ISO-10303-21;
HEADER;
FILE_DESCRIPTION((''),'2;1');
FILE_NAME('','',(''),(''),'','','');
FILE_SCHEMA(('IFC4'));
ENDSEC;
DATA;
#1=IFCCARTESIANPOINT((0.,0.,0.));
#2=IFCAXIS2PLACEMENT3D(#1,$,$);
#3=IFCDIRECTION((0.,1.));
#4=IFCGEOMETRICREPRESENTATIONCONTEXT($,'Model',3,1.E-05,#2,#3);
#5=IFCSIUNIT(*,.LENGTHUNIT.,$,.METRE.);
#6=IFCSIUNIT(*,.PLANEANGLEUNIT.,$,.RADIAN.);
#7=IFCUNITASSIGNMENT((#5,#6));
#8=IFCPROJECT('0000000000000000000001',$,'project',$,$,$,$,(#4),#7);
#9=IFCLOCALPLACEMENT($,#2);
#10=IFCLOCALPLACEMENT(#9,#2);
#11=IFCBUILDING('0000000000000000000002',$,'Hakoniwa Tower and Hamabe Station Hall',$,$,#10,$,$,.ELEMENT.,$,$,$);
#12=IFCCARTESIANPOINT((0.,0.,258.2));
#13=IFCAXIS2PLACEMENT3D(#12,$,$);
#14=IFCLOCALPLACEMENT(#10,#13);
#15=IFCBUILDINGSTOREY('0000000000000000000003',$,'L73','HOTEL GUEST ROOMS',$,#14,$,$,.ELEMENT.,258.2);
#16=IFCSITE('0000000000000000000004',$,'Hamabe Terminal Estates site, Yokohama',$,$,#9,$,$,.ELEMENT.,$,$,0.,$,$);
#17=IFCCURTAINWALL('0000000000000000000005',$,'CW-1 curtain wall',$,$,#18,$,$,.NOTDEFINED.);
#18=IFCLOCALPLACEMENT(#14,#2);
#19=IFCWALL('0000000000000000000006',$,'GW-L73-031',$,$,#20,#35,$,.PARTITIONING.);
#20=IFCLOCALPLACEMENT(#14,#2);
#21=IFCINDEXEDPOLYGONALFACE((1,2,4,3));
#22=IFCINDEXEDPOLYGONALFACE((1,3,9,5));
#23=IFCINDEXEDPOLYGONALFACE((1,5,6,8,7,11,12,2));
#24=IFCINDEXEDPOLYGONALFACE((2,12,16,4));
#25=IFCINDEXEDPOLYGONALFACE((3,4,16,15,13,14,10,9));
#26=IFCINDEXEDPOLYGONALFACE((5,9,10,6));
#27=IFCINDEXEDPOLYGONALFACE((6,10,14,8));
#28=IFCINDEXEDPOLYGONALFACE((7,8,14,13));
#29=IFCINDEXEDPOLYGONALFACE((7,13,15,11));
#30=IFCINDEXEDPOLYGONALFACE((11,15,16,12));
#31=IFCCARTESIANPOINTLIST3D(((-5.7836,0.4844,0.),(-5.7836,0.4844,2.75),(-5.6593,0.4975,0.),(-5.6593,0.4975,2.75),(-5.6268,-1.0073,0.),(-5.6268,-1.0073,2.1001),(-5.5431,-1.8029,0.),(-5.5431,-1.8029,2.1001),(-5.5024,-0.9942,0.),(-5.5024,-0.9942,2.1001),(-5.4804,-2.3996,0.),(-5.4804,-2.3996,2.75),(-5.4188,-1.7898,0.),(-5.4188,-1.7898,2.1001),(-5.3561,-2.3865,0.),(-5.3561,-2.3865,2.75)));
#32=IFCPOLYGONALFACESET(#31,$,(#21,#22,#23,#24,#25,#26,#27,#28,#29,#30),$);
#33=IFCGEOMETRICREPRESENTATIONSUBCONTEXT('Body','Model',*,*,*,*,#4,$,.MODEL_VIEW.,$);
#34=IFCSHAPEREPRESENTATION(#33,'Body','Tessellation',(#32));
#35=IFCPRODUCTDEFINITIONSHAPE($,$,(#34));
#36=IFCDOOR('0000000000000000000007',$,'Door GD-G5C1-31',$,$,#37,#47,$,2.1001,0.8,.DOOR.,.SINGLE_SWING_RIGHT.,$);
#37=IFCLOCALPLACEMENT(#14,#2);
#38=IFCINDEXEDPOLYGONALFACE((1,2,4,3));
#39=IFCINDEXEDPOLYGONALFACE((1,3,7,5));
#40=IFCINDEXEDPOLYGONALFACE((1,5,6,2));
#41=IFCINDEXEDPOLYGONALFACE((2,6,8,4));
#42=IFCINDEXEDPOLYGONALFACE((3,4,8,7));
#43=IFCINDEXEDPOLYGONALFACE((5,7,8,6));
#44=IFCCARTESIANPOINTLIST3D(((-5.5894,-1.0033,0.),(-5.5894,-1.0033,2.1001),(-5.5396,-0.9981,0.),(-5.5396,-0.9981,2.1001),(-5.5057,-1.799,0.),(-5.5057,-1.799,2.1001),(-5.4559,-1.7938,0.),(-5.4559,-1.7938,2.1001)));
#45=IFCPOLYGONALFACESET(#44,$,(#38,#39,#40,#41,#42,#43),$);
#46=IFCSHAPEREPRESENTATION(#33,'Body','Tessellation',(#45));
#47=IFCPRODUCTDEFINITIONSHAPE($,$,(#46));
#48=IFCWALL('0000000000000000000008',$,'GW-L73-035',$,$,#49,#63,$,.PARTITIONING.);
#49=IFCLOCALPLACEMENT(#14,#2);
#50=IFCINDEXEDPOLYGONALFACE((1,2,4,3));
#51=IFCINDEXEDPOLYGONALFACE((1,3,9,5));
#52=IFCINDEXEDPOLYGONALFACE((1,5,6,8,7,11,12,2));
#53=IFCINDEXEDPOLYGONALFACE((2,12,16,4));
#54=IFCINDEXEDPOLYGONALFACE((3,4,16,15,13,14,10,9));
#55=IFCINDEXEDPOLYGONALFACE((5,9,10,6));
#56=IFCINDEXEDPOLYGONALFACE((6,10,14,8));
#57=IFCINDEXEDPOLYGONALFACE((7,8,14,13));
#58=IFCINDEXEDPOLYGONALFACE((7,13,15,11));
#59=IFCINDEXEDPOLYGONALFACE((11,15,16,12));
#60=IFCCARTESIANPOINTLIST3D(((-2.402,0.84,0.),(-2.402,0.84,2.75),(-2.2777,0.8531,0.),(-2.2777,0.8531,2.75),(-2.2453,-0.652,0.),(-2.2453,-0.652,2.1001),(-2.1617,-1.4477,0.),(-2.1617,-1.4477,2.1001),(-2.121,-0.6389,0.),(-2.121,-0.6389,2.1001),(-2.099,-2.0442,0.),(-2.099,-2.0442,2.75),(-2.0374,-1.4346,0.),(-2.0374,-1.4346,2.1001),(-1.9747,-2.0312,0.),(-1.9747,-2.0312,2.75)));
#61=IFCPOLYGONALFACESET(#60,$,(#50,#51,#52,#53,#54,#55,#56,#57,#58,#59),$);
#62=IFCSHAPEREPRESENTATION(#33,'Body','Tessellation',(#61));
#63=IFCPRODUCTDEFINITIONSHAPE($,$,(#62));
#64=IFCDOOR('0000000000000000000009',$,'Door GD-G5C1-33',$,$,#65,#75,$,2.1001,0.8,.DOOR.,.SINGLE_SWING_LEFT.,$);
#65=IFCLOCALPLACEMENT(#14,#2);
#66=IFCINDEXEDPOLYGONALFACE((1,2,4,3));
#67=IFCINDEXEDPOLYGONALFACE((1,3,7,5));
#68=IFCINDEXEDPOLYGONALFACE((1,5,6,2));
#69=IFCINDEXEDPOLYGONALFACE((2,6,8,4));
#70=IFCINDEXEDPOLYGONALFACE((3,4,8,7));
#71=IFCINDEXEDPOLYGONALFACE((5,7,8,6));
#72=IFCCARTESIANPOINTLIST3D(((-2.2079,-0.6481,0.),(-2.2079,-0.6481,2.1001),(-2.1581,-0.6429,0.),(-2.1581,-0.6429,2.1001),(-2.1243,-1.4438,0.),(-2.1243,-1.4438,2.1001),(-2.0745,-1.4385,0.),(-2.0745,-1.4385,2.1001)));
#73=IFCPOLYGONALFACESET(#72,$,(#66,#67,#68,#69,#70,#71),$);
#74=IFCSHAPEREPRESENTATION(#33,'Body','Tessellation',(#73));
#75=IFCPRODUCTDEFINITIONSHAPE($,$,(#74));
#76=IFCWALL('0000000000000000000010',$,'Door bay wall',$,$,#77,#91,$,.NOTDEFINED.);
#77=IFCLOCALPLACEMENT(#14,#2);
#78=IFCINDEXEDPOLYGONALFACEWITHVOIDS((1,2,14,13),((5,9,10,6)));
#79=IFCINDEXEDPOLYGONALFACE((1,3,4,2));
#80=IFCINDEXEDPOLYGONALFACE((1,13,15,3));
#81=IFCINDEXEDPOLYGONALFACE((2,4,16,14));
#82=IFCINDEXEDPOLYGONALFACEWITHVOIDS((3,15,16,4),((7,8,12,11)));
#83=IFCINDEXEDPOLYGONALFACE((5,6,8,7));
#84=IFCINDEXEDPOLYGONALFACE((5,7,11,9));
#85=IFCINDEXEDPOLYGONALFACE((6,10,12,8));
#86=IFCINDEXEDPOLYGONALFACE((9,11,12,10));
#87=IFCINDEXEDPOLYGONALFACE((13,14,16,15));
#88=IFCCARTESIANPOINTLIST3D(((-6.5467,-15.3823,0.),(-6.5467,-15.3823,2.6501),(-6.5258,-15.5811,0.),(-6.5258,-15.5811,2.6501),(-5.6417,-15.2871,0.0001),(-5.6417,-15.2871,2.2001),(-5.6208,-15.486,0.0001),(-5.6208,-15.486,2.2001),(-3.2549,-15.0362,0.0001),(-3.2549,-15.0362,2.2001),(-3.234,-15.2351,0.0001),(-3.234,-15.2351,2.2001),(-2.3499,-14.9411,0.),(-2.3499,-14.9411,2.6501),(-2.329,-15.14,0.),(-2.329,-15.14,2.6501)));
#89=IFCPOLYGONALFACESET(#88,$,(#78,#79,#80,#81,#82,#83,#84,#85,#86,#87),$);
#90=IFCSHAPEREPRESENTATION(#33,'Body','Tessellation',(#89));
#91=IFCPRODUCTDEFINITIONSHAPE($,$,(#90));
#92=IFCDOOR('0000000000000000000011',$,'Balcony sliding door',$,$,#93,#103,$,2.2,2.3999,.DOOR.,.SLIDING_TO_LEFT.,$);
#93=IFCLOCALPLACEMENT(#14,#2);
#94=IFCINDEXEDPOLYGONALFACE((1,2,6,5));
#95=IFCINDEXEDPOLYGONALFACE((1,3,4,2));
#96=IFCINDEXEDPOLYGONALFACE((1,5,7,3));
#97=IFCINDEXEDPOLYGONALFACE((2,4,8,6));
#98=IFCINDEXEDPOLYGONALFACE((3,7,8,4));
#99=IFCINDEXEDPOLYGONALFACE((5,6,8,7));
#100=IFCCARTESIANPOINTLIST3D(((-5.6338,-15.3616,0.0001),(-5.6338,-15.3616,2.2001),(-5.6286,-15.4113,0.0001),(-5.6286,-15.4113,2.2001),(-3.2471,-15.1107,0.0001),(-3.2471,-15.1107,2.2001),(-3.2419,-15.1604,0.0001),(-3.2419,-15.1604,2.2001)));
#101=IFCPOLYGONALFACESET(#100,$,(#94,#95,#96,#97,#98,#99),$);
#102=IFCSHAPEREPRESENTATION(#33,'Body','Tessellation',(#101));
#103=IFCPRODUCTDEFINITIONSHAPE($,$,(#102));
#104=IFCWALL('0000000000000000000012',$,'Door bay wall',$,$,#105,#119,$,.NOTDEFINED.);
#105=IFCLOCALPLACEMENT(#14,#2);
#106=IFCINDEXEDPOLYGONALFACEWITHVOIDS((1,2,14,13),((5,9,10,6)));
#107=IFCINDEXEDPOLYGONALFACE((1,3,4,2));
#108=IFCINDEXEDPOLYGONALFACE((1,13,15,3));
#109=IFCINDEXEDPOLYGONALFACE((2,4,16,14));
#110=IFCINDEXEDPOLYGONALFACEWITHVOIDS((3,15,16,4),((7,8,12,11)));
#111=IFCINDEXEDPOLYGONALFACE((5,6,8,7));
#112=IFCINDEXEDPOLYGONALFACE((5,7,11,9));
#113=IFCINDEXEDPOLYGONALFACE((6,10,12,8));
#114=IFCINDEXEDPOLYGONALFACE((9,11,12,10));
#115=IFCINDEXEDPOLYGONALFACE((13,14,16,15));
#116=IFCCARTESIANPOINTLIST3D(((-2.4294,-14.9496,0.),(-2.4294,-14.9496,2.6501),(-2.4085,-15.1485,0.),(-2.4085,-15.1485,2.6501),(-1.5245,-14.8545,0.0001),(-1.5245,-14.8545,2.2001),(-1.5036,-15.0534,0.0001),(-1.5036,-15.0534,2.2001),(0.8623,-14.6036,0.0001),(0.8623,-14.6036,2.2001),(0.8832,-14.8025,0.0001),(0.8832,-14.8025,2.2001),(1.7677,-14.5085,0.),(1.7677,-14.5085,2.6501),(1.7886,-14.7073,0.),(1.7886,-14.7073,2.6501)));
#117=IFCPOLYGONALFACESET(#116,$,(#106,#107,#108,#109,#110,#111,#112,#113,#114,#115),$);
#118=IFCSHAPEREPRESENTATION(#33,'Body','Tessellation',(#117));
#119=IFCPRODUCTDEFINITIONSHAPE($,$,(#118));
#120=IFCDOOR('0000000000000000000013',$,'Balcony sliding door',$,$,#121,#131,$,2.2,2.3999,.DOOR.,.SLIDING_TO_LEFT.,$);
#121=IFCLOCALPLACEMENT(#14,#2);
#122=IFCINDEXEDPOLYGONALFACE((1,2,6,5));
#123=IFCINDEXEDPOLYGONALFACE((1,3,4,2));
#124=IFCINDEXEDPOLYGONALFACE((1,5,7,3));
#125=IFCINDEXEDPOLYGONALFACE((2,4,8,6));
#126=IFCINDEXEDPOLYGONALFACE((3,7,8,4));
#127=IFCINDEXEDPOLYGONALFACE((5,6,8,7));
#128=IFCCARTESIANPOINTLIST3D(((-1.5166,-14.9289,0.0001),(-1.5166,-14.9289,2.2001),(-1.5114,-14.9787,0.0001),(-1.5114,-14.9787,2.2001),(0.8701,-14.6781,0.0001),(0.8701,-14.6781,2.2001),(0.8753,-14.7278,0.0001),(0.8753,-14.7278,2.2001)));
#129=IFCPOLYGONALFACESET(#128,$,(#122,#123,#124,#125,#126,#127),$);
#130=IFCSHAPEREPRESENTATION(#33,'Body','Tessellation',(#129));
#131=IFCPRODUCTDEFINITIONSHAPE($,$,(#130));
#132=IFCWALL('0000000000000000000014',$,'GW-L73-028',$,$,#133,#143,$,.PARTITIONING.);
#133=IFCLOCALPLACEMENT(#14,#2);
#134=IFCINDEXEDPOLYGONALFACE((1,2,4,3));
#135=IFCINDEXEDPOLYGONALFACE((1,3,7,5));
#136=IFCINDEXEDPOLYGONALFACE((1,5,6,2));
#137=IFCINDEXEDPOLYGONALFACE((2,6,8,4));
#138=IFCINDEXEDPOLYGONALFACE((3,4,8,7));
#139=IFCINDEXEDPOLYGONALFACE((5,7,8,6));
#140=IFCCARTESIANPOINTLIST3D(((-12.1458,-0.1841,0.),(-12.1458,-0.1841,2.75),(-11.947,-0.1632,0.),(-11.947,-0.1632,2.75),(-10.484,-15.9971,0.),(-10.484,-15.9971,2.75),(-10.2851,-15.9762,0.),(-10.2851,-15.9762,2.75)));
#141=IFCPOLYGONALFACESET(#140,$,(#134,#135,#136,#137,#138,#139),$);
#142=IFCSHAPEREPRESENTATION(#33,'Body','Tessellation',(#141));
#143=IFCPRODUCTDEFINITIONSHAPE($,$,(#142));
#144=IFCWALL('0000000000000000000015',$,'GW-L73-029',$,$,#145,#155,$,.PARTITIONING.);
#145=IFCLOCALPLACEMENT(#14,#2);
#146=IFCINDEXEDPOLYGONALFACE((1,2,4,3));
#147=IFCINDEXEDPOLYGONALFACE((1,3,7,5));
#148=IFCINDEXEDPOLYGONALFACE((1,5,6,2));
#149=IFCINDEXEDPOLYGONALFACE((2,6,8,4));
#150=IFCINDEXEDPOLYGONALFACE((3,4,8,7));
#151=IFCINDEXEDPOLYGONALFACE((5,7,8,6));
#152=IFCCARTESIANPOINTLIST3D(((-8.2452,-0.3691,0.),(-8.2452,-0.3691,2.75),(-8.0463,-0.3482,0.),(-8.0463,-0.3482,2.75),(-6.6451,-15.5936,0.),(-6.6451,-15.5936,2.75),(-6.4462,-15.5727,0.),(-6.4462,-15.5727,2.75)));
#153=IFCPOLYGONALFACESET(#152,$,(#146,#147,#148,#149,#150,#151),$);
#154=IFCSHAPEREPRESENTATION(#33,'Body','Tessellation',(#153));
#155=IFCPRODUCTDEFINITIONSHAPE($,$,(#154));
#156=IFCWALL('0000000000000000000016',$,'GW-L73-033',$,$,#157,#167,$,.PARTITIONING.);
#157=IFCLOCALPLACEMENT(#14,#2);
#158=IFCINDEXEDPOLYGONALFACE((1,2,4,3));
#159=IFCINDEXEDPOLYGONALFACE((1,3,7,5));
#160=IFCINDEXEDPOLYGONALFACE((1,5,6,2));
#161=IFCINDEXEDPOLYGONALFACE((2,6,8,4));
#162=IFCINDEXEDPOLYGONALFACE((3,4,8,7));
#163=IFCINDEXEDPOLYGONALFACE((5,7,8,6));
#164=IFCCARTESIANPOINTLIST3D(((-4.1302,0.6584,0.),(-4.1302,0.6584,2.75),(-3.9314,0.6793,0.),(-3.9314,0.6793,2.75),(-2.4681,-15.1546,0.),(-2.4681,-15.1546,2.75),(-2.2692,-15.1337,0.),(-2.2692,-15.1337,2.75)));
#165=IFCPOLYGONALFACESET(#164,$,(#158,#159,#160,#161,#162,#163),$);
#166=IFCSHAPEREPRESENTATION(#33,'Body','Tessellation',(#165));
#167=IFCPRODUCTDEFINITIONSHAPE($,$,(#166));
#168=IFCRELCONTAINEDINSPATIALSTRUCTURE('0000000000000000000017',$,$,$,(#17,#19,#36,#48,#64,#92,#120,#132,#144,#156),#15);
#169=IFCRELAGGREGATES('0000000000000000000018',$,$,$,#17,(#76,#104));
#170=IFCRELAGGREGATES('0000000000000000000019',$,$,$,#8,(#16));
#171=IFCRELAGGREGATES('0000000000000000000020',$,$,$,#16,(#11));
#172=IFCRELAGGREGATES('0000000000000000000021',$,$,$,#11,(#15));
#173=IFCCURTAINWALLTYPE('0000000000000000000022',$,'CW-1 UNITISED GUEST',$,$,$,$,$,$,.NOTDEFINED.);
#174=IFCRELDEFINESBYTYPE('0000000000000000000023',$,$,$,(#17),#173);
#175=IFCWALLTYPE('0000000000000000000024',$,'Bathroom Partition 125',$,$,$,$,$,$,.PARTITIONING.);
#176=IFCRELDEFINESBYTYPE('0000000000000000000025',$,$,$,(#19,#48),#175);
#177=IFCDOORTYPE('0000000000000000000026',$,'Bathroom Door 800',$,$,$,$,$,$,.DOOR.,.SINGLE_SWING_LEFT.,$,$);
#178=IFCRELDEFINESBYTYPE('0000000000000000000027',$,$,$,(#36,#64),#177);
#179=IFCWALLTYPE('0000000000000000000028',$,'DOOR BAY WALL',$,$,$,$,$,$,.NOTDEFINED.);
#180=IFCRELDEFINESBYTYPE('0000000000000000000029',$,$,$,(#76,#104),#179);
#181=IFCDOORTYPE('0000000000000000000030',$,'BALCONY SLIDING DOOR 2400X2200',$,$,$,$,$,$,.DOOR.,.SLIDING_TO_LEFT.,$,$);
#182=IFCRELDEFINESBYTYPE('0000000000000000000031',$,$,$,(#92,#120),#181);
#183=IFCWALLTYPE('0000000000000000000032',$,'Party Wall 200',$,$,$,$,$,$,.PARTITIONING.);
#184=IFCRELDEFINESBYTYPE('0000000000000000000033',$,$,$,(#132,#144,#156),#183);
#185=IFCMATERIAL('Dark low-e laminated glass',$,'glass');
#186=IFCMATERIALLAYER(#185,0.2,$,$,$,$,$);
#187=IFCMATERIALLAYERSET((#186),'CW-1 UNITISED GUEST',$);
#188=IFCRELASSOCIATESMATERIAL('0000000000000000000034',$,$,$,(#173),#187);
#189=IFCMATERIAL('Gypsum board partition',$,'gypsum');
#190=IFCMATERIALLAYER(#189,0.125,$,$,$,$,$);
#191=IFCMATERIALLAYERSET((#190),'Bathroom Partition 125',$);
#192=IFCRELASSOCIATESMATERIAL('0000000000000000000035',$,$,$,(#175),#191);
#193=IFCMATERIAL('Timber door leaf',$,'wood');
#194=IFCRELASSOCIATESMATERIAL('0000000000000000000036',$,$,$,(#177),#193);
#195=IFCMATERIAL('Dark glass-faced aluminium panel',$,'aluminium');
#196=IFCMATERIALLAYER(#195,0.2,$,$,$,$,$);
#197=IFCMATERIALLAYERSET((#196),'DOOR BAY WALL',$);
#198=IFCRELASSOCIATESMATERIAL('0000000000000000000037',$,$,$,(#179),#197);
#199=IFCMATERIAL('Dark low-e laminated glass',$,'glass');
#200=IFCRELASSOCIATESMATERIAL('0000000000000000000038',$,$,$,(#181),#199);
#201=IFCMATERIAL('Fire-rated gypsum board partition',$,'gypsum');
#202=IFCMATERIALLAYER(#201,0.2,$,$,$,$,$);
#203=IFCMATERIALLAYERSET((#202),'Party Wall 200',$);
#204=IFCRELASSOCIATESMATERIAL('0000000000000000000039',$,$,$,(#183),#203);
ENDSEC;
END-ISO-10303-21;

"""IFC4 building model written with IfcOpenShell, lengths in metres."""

from ifc_helpers import new_model, si_unit, direction, frame, frame_2d, origin, place, context, subcontext, project, spatial, rectangle, extrude, material, layer, layer_set, type_object, element, fill, aggregate, save


model = new_model("IFC4")

# Units and contexts
model_context = context("Model", 3, precision=1e-05, world=origin(), true_north=direction((0.0, 1.0)))
body_context = subcontext(model_context, "Body", "Model", "MODEL_VIEW")
ifc_project = project(units=[si_unit("LENGTHUNIT", "METRE"), si_unit("PLANEANGLEUNIT", "RADIAN")], contexts=[model_context])

# Site, building, storey
site_placement = place(None, origin())
site = spatial("IfcSite", under=ifc_project, at=site_placement, Name="Hamabe Terminal Estates site, Yokohama", CompositionType="ELEMENT", RefElevation=0.0)
building_placement = place(site_placement, origin())
building = spatial("IfcBuilding", under=site, at=building_placement, Name="Hakoniwa Tower and Hamabe Station Hall", CompositionType="ELEMENT")
storey_placement = place(building_placement, frame((0.0, 0.0, 258.2)))
storey = spatial("IfcBuildingStorey", under=building, at=storey_placement, Name="L73", Description="HOTEL GUEST ROOMS", CompositionType="ELEMENT", Elevation=258.2)

# Curtain wall
ifc_material_1 = material(Name="Dark low-e laminated glass", Category="glass")
ifc_layer_1 = layer(ifc_material_1, 0.2)
ifc_layer_set_1 = layer_set([ifc_layer_1], Name="CW-1 UNITISED GUEST")
curtain_wall_type = type_object("IfcCurtainWallType", Name="CW-1 UNITISED GUEST", PredefinedType="NOTDEFINED", material=ifc_layer_set_1)
curtain_wall_placement = place(storey_placement, origin())
curtain_wall = element("IfcCurtainWall", 1, at=curtain_wall_placement, inside=storey, type_object=curtain_wall_type, Name="CW-1 curtain wall", PredefinedType="NOTDEFINED")

# Shared definitions
ifc_material_2 = material(Name="Gypsum board partition", Category="gypsum")
ifc_layer_2 = layer(ifc_material_2, 0.125)
ifc_layer_set_2 = layer_set([ifc_layer_2], Name="Bathroom Partition 125")
wall_type_1 = type_object("IfcWallType", Name="Bathroom Partition 125", PredefinedType="PARTITIONING", material=ifc_layer_set_2)

# Walls, openings, doors
wall_1_placement = place(storey_placement, frame((-5.4182, -2.3931, 0.0), z_axis=(0.0, 0.0, 1.0), x_axis=(-0.104562, 0.994518, 0.0)))
wall_1 = element("IfcWall", 2, at=wall_1_placement, inside=storey, type_object=wall_type_1, Name="GW-L73-031", PredefinedType="PARTITIONING", context=body_context, shape_type="SweptSolid", body=[
    extrude(rectangle(XDim=2.8999, YDim=0.125, at=frame_2d((1.45, 0.0))), origin(), (0.0, 0.0, 1.0), 2.75),
])
opening_1_placement = place(wall_1_placement, frame((0.6001, 0.0, 0.0)))
opening_1 = element("IfcOpeningElement", 3, at=opening_1_placement, cuts=wall_1, PredefinedType="OPENING", context=body_context, shape_type="SweptSolid", body=[
    extrude(rectangle(XDim=0.8, YDim=2.1001, at=frame_2d((0.3999, 1.05))), frame((0.0, 0.0725, 0.0), z_axis=(0.0, -1.0, 0.0), x_axis=(1.0, 0.0, 0.0)), (0.0, 0.0, 1.0), 0.145),
])
ifc_material_3 = material(Name="Timber door leaf", Category="wood")
door_type_1 = type_object("IfcDoorType", Name="Bathroom Door 800", OperationType="SINGLE_SWING_LEFT", PredefinedType="DOOR", material=ifc_material_3)
door_1_placement = place(opening_1_placement, origin())
door_1 = element("IfcDoor", 4, at=door_1_placement, inside=storey, type_object=door_type_1, Name="Door GD-G5C1-31", OperationType="SINGLE_SWING_RIGHT", OverallHeight=2.1001, OverallWidth=0.8, PredefinedType="DOOR", context=body_context, shape_type="SweptSolid", body=[
    extrude(rectangle(XDim=0.8, YDim=2.1001, at=frame_2d((0.3999, 1.05))), frame((0.0, 0.0249, 0.0), z_axis=(0.0, -1.0, 0.0), x_axis=(1.0, 0.0, 0.0)), (0.0, 0.0, 1.0), 0.05),
])
fill(opening_1, door_1)
wall_2_placement = place(storey_placement, frame((-2.0369, -2.0378, 0.0), z_axis=(0.0, 0.0, 1.0), x_axis=(-0.10447, 0.994528, 0.0)))
wall_2 = element("IfcWall", 5, at=wall_2_placement, inside=storey, type_object=wall_type_1, Name="GW-L73-035", PredefinedType="PARTITIONING", context=body_context, shape_type="SweptSolid", body=[
    extrude(rectangle(XDim=2.9001, YDim=0.125, at=frame_2d((1.4502, 0.0))), origin(), (0.0, 0.0, 1.0), 2.75),
])
opening_2_placement = place(wall_2_placement, frame((0.6001, 0.0, 0.0)))
opening_2 = element("IfcOpeningElement", 6, at=opening_2_placement, cuts=wall_2, PredefinedType="OPENING", context=body_context, shape_type="SweptSolid", body=[
    extrude(rectangle(XDim=0.8, YDim=2.1001, at=frame_2d((0.3999, 1.05))), frame((0.0, 0.0725, 0.0), z_axis=(0.0, -1.0, 0.0), x_axis=(1.0, 0.0, 0.0)), (0.0, 0.0, 1.0), 0.145),
])
door_2_placement = place(opening_2_placement, origin())
door_2 = element("IfcDoor", 7, at=door_2_placement, inside=storey, type_object=door_type_1, Name="Door GD-G5C1-33", OperationType="SINGLE_SWING_LEFT", OverallHeight=2.1001, OverallWidth=0.8, PredefinedType="DOOR", context=body_context, shape_type="SweptSolid", body=[
    extrude(rectangle(XDim=0.8, YDim=2.1001, at=frame_2d((0.3999, 1.05))), frame((0.0, 0.0249, 0.0), z_axis=(0.0, -1.0, 0.0), x_axis=(1.0, 0.0, 0.0)), (0.0, 0.0, 1.0), 0.05),
])
fill(opening_2, door_2)
ifc_material_4 = material(Name="Dark glass-faced aluminium panel", Category="aluminium")
ifc_layer_3 = layer(ifc_material_4, 0.2)
ifc_layer_set_3 = layer_set([ifc_layer_3], Name="DOOR BAY WALL")
wall_type_2 = type_object("IfcWallType", Name="DOOR BAY WALL", PredefinedType="NOTDEFINED", material=ifc_layer_set_3)
wall_3_placement = place(storey_placement, frame((-6.5361, -15.4817, 0.0), z_axis=(0.0, 0.0, 1.0), x_axis=(0.99452, 0.104543, 0.0)))
wall_3 = element("IfcWall", 8, at=wall_3_placement, type_object=wall_type_2, Name="Door bay wall", PredefinedType="NOTDEFINED", context=body_context, shape_type="SweptSolid", body=[
    extrude(rectangle(XDim=4.22, YDim=0.2, at=frame_2d((2.1099, 0.0))), origin(), (0.0, 0.0, 1.0), 2.6501),
])
opening_3_placement = place(wall_3_placement, frame((0.9099, 0.0, 0.0)))
opening_3 = element("IfcOpeningElement", 9, at=opening_3_placement, cuts=wall_3, PredefinedType="OPENING", context=body_context, shape_type="SweptSolid", body=[
    extrude(rectangle(XDim=2.3999, YDim=2.2, at=frame_2d((1.2, 1.1001))), frame((0.0, 0.1099, 0.0), z_axis=(0.0, -1.0, 0.0), x_axis=(1.0, 0.0, 0.0)), (0.0, 0.0, 1.0), 0.22),
])
ifc_material_5 = material(Name="Dark low-e laminated glass", Category="glass")
door_type_2 = type_object("IfcDoorType", Name="BALCONY SLIDING DOOR 2400X2200", OperationType="SLIDING_TO_LEFT", PredefinedType="DOOR", material=ifc_material_5)
door_3_placement = place(opening_3_placement, frame((2.3999, 0.0, 0.0), z_axis=(0.0, 0.0, 1.0), x_axis=(-1.0, 0.0, 0.0)))
door_3 = element("IfcDoor", 10, at=door_3_placement, inside=storey, type_object=door_type_2, Name="Balcony sliding door", OperationType="SLIDING_TO_LEFT", OverallHeight=2.2, OverallWidth=2.3999, PredefinedType="DOOR", context=body_context, shape_type="SweptSolid", body=[
    extrude(rectangle(XDim=2.3999, YDim=2.2, at=frame_2d((1.2, 1.1001))), frame((0.0, 0.0249, 0.0), z_axis=(0.0, -1.0, 0.0), x_axis=(1.0, 0.0, 0.0)), (0.0, 0.0, 1.0), 0.05),
])
fill(opening_3, door_3)
wall_4_placement = place(storey_placement, frame((-2.4189, -15.0491, 0.0), z_axis=(0.0, 0.0, 1.0), x_axis=(0.994521, 0.104537, 0.0)))
wall_4 = element("IfcWall", 11, at=wall_4_placement, type_object=wall_type_2, Name="Door bay wall", PredefinedType="NOTDEFINED", context=body_context, shape_type="SweptSolid", body=[
    extrude(rectangle(XDim=4.2202, YDim=0.2, at=frame_2d((2.1101, 0.0))), origin(), (0.0, 0.0, 1.0), 2.6501),
])
opening_4_placement = place(wall_4_placement, frame((0.9099, 0.0, 0.0)))
opening_4 = element("IfcOpeningElement", 12, at=opening_4_placement, cuts=wall_4, PredefinedType="OPENING", context=body_context, shape_type="SweptSolid", body=[
    extrude(rectangle(XDim=2.3999, YDim=2.2, at=frame_2d((1.2, 1.1001))), frame((0.0, 0.1099, 0.0), z_axis=(0.0, -1.0, 0.0), x_axis=(1.0, 0.0, 0.0)), (0.0, 0.0, 1.0), 0.22),
])
door_4_placement = place(opening_4_placement, frame((2.3999, 0.0, 0.0), z_axis=(0.0, 0.0, 1.0), x_axis=(-1.0, 0.0, 0.0)))
door_4 = element("IfcDoor", 13, at=door_4_placement, inside=storey, type_object=door_type_2, Name="Balcony sliding door", OperationType="SLIDING_TO_LEFT", OverallHeight=2.2, OverallWidth=2.3999, PredefinedType="DOOR", context=body_context, shape_type="SweptSolid", body=[
    extrude(rectangle(XDim=2.3999, YDim=2.2, at=frame_2d((1.2, 1.1001))), frame((0.0, 0.0249, 0.0), z_axis=(0.0, -1.0, 0.0), x_axis=(1.0, 0.0, 0.0)), (0.0, 0.0, 1.0), 0.05),
])
fill(opening_4, door_4)
aggregate(curtain_wall, [wall_3, wall_4])

# Walls
ifc_material_6 = material(Name="Fire-rated gypsum board partition", Category="gypsum")
ifc_layer_4 = layer(ifc_material_6, 0.2)
ifc_layer_set_4 = layer_set([ifc_layer_4], Name="Party Wall 200")
wall_type_3 = type_object("IfcWallType", Name="Party Wall 200", PredefinedType="PARTITIONING", material=ifc_layer_set_4)
wall_5_placement = place(storey_placement, frame((-10.3845, -15.9868, 0.0), z_axis=(0.0, 0.0, 1.0), x_axis=(-0.104519, 0.994523, 0.0)))
element("IfcWall", 14, at=wall_5_placement, inside=storey, type_object=wall_type_3, Name="GW-L73-028", PredefinedType="PARTITIONING", context=body_context, shape_type="SweptSolid", body=[
    extrude(rectangle(XDim=15.9001, YDim=0.2, at=frame_2d((7.9502, 0.0))), origin(), (0.0, 0.0, 1.0), 2.75),
])
wall_6_placement = place(storey_placement, frame((-6.5457, -15.5833, 0.0), z_axis=(0.0, 0.0, 1.0), x_axis=(-0.104524, 0.994522, 0.0)))
element("IfcWall", 15, at=wall_6_placement, inside=storey, type_object=wall_type_3, Name="GW-L73-029", PredefinedType="PARTITIONING", context=body_context, shape_type="SweptSolid", body=[
    extrude(rectangle(XDim=15.3083, YDim=0.2, at=frame_2d((7.6543, 0.0))), origin(), (0.0, 0.0, 1.0), 2.75),
])
wall_7_placement = place(storey_placement, frame((-2.3687, -15.1443, 0.0), z_axis=(0.0, 0.0, 1.0), x_axis=(-0.104535, 0.994521, 0.0)))
element("IfcWall", 16, at=wall_7_placement, inside=storey, type_object=wall_type_3, Name="GW-L73-033", PredefinedType="PARTITIONING", context=body_context, shape_type="SweptSolid", body=[
    extrude(rectangle(XDim=15.9001, YDim=0.2, at=frame_2d((7.9502, 0.0))), origin(), (0.0, 0.0, 1.0), 2.75),
])

save(model, "model.ifc")
